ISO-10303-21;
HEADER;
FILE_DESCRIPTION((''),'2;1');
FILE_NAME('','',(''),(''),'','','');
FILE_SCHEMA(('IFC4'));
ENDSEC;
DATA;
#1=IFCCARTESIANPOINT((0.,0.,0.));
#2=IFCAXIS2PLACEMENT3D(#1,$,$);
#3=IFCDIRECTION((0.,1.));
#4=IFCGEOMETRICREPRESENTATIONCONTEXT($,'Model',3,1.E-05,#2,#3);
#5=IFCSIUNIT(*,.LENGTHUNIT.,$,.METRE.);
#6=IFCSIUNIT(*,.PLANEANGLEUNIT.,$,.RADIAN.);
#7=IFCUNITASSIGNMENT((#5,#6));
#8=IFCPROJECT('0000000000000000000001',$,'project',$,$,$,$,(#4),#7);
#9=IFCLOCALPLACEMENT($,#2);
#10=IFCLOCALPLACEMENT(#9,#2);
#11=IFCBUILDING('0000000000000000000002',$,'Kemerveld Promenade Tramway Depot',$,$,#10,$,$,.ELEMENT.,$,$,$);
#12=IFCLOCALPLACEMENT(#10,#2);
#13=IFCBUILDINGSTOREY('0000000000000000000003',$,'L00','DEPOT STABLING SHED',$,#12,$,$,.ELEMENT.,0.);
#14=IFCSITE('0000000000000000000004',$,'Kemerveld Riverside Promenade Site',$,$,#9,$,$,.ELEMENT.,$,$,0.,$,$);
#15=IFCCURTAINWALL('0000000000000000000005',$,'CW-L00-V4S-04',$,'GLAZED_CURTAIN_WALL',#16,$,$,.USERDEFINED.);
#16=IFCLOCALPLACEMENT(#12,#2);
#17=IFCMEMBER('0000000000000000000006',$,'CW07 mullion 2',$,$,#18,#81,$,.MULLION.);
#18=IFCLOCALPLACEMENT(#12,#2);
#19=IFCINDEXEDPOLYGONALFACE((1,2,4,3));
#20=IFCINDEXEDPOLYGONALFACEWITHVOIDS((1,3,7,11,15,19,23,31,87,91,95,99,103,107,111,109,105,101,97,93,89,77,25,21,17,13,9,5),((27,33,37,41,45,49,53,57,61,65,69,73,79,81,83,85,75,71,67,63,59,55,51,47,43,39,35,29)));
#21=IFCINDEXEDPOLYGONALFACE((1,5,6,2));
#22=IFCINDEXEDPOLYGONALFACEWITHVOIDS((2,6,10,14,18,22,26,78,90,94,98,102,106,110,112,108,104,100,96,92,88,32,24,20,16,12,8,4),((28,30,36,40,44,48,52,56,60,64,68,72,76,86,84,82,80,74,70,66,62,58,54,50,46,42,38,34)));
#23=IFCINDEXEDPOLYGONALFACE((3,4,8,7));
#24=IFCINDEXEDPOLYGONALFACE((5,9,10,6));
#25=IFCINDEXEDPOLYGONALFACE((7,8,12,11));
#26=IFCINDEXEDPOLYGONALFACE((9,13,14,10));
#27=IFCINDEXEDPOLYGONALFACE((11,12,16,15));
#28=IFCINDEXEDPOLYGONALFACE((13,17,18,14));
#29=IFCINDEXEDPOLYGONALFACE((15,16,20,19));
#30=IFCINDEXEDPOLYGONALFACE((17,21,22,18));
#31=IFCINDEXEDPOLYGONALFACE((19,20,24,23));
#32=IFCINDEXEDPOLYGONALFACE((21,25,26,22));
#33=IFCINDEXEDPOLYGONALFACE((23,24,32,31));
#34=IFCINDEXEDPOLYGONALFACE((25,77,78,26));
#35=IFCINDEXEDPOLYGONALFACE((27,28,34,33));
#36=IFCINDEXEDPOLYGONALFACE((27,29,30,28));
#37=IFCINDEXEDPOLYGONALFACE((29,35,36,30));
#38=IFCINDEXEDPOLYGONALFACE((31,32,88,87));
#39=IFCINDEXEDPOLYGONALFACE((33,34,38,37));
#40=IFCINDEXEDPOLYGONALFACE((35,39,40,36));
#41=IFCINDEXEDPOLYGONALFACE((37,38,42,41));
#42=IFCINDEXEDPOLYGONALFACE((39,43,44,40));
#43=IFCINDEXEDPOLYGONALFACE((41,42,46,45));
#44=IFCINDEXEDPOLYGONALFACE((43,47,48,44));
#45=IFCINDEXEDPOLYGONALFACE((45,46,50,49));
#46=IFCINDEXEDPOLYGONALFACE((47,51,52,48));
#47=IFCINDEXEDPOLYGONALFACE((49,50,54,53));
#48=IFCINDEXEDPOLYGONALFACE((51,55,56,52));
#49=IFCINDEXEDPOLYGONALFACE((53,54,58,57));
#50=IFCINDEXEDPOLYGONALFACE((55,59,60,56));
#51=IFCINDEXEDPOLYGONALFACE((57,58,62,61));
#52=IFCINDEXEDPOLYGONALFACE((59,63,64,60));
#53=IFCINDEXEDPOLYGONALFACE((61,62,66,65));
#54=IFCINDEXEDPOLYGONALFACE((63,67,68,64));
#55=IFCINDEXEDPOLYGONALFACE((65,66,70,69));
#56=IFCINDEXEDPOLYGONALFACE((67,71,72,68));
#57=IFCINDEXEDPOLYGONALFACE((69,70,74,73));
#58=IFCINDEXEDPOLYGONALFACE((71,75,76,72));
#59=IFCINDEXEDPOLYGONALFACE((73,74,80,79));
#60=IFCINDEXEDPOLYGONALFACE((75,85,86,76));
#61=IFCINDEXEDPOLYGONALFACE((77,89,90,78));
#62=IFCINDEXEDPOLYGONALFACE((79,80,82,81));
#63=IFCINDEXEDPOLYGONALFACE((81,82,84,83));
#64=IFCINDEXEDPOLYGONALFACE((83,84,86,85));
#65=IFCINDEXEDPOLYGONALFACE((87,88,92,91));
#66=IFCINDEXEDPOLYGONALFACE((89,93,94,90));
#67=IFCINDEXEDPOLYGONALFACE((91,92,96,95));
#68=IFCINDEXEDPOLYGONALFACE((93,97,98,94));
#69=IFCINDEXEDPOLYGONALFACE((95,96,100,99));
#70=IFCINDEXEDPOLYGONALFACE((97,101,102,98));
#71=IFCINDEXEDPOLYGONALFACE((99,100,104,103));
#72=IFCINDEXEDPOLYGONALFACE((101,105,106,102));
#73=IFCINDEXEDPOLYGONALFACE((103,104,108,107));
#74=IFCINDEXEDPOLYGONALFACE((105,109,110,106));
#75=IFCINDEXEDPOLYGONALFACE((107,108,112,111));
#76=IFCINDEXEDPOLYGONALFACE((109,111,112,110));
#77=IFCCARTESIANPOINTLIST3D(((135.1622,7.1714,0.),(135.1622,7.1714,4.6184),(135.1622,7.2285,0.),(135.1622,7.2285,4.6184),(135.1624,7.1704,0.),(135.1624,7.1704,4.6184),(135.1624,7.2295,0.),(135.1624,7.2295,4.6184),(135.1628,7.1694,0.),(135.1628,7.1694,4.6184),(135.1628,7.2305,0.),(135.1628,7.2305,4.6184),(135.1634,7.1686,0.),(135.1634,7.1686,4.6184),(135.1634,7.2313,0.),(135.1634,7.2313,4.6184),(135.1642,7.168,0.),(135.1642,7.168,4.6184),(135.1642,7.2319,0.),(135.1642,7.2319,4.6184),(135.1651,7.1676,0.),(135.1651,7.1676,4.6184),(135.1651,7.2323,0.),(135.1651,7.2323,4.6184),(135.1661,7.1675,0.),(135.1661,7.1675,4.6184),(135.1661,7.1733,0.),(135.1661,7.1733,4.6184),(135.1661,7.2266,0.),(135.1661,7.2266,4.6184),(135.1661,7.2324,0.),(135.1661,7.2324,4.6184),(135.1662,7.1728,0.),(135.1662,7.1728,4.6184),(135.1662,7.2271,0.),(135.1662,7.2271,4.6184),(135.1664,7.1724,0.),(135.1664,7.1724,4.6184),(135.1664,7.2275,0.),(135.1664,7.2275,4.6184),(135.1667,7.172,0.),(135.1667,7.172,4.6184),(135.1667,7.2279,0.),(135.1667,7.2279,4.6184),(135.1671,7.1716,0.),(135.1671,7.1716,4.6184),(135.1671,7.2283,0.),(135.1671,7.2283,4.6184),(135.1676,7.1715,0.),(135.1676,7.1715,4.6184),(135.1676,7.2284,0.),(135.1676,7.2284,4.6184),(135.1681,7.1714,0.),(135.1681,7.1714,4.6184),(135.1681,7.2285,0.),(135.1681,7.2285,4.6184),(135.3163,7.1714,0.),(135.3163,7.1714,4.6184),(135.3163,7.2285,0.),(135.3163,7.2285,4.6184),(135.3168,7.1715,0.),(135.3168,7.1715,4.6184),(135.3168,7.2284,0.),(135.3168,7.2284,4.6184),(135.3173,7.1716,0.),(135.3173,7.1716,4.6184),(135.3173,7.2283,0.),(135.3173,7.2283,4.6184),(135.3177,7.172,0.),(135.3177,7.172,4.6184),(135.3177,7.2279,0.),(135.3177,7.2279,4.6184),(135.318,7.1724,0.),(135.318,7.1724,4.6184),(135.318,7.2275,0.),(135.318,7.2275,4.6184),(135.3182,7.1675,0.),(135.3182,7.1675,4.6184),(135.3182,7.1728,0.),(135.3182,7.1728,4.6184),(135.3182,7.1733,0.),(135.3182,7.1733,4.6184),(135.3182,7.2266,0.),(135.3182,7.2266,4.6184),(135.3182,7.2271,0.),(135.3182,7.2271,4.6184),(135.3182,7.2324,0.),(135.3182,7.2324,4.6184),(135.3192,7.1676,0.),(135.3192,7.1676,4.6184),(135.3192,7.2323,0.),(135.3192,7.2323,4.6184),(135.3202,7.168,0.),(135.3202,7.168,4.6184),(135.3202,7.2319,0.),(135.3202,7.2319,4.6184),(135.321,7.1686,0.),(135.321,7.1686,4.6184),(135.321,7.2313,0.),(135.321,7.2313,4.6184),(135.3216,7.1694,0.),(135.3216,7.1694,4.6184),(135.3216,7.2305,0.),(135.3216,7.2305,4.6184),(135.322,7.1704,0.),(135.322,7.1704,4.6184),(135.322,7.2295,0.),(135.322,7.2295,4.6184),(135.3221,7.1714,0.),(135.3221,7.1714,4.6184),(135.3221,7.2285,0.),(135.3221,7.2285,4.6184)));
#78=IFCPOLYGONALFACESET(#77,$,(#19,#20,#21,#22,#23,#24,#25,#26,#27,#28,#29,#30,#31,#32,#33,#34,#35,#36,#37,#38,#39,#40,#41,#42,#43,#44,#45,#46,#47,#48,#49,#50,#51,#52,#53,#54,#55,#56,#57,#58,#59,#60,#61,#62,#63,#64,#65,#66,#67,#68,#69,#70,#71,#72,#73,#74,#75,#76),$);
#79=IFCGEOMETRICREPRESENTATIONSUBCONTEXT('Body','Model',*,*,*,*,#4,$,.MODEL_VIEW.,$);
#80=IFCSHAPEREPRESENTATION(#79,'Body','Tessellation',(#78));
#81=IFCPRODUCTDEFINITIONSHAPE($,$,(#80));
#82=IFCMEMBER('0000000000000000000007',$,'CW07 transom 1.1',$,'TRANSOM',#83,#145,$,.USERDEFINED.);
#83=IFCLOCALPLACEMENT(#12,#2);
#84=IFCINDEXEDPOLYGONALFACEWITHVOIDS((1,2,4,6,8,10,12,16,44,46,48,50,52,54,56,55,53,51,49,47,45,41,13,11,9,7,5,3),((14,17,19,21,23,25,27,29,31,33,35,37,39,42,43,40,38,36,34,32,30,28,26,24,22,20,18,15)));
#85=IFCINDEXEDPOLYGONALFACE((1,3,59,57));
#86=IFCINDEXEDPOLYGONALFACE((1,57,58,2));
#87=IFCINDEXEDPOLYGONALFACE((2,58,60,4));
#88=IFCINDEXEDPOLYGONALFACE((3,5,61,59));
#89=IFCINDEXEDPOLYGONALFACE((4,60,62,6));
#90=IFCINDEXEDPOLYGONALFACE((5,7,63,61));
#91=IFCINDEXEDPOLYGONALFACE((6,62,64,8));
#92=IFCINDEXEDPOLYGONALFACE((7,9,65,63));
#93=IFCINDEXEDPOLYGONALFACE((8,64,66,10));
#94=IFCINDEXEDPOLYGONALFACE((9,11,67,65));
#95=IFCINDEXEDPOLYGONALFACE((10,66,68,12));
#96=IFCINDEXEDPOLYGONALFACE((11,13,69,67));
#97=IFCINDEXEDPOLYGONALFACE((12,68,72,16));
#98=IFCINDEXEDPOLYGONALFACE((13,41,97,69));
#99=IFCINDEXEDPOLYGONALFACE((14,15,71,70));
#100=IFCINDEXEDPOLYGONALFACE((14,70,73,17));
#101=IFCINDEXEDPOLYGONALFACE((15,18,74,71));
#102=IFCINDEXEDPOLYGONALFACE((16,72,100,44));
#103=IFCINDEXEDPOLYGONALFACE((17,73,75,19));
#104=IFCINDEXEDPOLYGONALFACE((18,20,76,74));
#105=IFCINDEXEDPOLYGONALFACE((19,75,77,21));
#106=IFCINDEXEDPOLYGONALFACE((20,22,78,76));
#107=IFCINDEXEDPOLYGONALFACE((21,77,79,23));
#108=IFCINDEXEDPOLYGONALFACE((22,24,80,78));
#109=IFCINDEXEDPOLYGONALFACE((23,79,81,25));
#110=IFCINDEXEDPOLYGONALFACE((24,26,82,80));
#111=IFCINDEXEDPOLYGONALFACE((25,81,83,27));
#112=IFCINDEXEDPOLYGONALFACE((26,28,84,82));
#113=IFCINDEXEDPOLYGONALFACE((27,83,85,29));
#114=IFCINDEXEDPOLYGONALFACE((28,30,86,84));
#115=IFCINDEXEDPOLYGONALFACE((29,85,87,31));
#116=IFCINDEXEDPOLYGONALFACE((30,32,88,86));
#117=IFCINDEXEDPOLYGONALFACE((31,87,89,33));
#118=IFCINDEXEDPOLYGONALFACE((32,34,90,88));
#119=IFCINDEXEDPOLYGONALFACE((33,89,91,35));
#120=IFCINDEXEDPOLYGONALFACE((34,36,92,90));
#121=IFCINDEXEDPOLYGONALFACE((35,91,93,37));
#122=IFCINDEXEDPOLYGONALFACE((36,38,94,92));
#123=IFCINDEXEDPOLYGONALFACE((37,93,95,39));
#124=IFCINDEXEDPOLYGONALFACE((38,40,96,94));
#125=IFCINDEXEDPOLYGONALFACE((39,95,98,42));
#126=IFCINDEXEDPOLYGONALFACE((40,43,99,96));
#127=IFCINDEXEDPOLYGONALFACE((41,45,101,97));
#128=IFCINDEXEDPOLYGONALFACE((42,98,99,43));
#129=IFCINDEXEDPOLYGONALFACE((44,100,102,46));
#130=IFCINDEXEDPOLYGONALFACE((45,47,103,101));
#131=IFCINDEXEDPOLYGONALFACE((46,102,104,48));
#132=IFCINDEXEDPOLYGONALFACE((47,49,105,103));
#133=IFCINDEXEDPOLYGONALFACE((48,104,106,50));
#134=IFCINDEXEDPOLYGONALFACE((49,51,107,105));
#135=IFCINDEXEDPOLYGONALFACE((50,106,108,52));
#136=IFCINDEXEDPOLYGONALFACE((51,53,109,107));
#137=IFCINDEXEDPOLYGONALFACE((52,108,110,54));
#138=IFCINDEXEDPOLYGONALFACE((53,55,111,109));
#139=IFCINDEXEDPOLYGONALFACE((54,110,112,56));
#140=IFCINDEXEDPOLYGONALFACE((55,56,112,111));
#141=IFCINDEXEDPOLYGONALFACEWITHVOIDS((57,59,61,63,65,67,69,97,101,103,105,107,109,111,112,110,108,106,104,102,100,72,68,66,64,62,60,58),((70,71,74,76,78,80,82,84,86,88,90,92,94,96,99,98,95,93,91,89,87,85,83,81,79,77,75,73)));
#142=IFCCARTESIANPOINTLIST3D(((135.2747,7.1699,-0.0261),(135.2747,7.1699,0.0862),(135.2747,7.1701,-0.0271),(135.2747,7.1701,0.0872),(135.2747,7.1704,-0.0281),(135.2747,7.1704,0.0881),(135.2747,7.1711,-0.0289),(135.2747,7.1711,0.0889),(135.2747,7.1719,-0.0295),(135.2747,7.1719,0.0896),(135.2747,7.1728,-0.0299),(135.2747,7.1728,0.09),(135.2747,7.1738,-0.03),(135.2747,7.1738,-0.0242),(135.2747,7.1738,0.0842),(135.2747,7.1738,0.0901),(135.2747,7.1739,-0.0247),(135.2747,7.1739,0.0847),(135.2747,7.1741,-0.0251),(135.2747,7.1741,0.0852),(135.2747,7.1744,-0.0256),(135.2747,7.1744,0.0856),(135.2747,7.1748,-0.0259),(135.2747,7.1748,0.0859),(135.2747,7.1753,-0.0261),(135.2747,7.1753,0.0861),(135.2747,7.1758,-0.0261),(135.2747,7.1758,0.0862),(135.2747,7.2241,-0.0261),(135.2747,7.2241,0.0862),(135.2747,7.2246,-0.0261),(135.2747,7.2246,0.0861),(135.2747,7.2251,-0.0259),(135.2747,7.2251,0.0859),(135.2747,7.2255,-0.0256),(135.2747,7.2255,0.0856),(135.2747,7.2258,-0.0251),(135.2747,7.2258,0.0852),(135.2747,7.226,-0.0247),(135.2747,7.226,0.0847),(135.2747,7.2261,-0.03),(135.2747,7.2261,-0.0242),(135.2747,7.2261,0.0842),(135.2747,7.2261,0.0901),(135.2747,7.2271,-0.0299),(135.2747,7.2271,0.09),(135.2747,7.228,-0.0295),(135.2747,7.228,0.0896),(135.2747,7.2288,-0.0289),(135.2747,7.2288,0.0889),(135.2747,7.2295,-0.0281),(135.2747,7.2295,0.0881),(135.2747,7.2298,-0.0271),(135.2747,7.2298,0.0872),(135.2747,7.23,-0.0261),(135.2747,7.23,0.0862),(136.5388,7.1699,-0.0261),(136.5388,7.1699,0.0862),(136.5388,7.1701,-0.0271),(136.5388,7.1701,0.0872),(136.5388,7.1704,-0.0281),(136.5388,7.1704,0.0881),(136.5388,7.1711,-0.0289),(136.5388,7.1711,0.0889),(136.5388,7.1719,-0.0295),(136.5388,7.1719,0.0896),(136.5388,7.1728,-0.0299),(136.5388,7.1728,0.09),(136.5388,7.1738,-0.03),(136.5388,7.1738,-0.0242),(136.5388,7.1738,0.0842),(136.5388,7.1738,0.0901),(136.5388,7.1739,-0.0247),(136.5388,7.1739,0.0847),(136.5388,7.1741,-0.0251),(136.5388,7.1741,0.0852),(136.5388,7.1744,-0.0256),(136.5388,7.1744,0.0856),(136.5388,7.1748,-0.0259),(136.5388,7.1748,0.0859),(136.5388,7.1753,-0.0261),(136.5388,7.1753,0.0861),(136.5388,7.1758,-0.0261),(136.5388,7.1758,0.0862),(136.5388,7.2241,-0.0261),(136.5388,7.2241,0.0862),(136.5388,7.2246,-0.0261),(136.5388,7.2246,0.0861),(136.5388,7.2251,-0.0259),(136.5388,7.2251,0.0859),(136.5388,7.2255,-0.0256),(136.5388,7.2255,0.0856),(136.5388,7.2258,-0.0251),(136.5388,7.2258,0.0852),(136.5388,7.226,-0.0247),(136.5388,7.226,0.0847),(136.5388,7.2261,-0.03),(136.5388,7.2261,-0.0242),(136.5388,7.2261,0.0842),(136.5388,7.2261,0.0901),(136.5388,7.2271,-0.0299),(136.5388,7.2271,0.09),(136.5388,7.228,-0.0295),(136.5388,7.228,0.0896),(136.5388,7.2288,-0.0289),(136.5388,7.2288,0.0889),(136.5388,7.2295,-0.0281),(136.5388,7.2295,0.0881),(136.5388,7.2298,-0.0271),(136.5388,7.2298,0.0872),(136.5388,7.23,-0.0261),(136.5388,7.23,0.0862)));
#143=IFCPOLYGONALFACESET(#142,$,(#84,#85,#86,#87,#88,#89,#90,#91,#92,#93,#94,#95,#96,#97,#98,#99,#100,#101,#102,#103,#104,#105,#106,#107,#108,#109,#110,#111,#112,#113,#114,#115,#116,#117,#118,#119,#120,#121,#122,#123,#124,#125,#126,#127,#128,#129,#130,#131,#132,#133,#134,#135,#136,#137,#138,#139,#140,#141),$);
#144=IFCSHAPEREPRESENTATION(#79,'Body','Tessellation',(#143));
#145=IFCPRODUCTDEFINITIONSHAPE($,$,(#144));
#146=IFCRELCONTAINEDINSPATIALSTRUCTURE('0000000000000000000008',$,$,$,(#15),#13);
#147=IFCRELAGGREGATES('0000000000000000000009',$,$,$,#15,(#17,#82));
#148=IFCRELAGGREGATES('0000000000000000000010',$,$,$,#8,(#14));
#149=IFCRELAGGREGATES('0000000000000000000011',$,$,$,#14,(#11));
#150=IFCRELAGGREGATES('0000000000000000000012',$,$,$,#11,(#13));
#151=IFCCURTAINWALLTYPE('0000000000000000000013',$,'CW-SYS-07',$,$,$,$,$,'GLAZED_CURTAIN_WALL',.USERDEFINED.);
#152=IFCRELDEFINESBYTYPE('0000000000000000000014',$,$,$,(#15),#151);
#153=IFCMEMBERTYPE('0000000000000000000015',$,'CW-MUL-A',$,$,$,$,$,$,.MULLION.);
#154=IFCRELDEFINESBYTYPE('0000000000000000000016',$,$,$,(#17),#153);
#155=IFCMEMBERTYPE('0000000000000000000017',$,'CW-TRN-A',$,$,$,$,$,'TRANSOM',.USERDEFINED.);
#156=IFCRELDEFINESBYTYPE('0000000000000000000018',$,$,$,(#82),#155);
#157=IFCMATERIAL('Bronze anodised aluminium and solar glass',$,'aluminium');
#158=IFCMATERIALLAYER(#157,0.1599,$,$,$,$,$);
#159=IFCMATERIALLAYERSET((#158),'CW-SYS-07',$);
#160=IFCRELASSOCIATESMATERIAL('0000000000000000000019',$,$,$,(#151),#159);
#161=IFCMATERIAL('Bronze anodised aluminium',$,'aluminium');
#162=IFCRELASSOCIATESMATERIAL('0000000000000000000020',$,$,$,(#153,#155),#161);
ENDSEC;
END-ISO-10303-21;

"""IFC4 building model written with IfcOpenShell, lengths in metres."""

from ifc_helpers import new_model, si_unit, direction, frame, origin, origin_2d, place, context, subcontext, project, spatial, hollow_rectangle, extrude, material, layer, layer_set, material_profile, profile_set, type_object, element, aggregate, save


model = new_model("IFC4")

# Units and contexts
model_context = context("Model", 3, precision=1e-05, world=origin(), true_north=direction((0.0, 1.0)))
body_context = subcontext(model_context, "Body", "Model", "MODEL_VIEW")
ifc_project = project(units=[si_unit("LENGTHUNIT", "METRE"), si_unit("PLANEANGLEUNIT", "RADIAN")], contexts=[model_context])

# Site, building, storey
site_placement = place(None, origin())
site = spatial("IfcSite", under=ifc_project, at=site_placement, Name="Kemerveld Riverside Promenade Site", CompositionType="ELEMENT", RefElevation=0.0)
building_placement = place(site_placement, origin())
building = spatial("IfcBuilding", under=site, at=building_placement, Name="Kemerveld Promenade Tramway Depot", CompositionType="ELEMENT")
storey_placement = place(building_placement, origin())
storey = spatial("IfcBuildingStorey", under=building, at=storey_placement, Name="L00", Description="DEPOT STABLING SHED", CompositionType="ELEMENT", Elevation=0.0)

# Curtain wall, members
ifc_material_1 = material(Name="Bronze anodised aluminium and solar glass", Category="aluminium")
ifc_layer_1 = layer(ifc_material_1, 0.1599)
ifc_layer_set_1 = layer_set([ifc_layer_1], Name="CW-SYS-07")
curtain_wall_type = type_object("IfcCurtainWallType", Name="CW-SYS-07", ElementType="GLAZED_CURTAIN_WALL", PredefinedType="USERDEFINED", material=ifc_layer_set_1)
curtain_wall_placement = place(storey_placement, origin())
curtain_wall = element("IfcCurtainWall", 1, at=curtain_wall_placement, inside=storey, type_object=curtain_wall_type, Name="CW-L00-V4S-04", ObjectType="GLAZED_CURTAIN_WALL", PredefinedType="USERDEFINED")
ifc_material_2 = material(Name="Bronze anodised aluminium", Category="aluminium")
ifc_material_profile_1 = material_profile(ifc_material_2, hollow_rectangle(XDim=0.0649, YDim=0.1599, WallThickness=0.0039, InnerFilletRadius=0.002, OuterFilletRadius=0.0039, at=origin_2d()), Name="CW-MUL-160x65")
ifc_profile_set_1 = profile_set([ifc_material_profile_1], Name="Bronze anodised aluminium")
member_type_1 = type_object("IfcMemberType", Name="CW-MUL-A", PredefinedType="MULLION", material=ifc_profile_set_1)
member_1_placement = place(storey_placement, frame((135.2422, 7.2, 0.0), z_axis=(0.0, 0.0, 1.0), x_axis=(0.0, -1.0, 0.0)))
member_1 = element("IfcMember", 2, at=member_1_placement, type_object=member_type_1, Name="CW07 mullion 2", PredefinedType="MULLION", context=body_context, shape_type="SweptSolid", body=[
    extrude(hollow_rectangle(XDim=0.0649, YDim=0.1599, WallThickness=0.0039, InnerFilletRadius=0.002, OuterFilletRadius=0.0039, at=origin_2d()), origin(), (0.0, 0.0, 1.0), 4.6184),
])
ifc_material_profile_2 = material_profile(ifc_material_2, hollow_rectangle(XDim=0.0601, YDim=0.1201, WallThickness=0.0039, InnerFilletRadius=0.002, OuterFilletRadius=0.0039, at=origin_2d()), Name="CW-TRN-120x60")
ifc_profile_set_2 = profile_set([ifc_material_profile_2], Name="Bronze anodised aluminium")
member_type_2 = type_object("IfcMemberType", Name="CW-TRN-A", ElementType="TRANSOM", PredefinedType="USERDEFINED", material=ifc_profile_set_2)
member_2_placement = place(storey_placement, frame((136.5388, 7.2, 0.03), z_axis=(-1.0, 0.0, 0.0), x_axis=(0.0, -1.0, 0.0)))
member_2 = element("IfcMember", 3, at=member_2_placement, type_object=member_type_2, Name="CW07 transom 1.1", ObjectType="TRANSOM", PredefinedType="USERDEFINED", context=body_context, shape_type="SweptSolid", body=[
    extrude(hollow_rectangle(XDim=0.0601, YDim=0.1201, WallThickness=0.0039, InnerFilletRadius=0.002, OuterFilletRadius=0.0039, at=origin_2d()), origin(), (0.0, 0.0, 1.0), 1.2642),
])
aggregate(curtain_wall, [member_1, member_2])

save(model, "model.ifc")
